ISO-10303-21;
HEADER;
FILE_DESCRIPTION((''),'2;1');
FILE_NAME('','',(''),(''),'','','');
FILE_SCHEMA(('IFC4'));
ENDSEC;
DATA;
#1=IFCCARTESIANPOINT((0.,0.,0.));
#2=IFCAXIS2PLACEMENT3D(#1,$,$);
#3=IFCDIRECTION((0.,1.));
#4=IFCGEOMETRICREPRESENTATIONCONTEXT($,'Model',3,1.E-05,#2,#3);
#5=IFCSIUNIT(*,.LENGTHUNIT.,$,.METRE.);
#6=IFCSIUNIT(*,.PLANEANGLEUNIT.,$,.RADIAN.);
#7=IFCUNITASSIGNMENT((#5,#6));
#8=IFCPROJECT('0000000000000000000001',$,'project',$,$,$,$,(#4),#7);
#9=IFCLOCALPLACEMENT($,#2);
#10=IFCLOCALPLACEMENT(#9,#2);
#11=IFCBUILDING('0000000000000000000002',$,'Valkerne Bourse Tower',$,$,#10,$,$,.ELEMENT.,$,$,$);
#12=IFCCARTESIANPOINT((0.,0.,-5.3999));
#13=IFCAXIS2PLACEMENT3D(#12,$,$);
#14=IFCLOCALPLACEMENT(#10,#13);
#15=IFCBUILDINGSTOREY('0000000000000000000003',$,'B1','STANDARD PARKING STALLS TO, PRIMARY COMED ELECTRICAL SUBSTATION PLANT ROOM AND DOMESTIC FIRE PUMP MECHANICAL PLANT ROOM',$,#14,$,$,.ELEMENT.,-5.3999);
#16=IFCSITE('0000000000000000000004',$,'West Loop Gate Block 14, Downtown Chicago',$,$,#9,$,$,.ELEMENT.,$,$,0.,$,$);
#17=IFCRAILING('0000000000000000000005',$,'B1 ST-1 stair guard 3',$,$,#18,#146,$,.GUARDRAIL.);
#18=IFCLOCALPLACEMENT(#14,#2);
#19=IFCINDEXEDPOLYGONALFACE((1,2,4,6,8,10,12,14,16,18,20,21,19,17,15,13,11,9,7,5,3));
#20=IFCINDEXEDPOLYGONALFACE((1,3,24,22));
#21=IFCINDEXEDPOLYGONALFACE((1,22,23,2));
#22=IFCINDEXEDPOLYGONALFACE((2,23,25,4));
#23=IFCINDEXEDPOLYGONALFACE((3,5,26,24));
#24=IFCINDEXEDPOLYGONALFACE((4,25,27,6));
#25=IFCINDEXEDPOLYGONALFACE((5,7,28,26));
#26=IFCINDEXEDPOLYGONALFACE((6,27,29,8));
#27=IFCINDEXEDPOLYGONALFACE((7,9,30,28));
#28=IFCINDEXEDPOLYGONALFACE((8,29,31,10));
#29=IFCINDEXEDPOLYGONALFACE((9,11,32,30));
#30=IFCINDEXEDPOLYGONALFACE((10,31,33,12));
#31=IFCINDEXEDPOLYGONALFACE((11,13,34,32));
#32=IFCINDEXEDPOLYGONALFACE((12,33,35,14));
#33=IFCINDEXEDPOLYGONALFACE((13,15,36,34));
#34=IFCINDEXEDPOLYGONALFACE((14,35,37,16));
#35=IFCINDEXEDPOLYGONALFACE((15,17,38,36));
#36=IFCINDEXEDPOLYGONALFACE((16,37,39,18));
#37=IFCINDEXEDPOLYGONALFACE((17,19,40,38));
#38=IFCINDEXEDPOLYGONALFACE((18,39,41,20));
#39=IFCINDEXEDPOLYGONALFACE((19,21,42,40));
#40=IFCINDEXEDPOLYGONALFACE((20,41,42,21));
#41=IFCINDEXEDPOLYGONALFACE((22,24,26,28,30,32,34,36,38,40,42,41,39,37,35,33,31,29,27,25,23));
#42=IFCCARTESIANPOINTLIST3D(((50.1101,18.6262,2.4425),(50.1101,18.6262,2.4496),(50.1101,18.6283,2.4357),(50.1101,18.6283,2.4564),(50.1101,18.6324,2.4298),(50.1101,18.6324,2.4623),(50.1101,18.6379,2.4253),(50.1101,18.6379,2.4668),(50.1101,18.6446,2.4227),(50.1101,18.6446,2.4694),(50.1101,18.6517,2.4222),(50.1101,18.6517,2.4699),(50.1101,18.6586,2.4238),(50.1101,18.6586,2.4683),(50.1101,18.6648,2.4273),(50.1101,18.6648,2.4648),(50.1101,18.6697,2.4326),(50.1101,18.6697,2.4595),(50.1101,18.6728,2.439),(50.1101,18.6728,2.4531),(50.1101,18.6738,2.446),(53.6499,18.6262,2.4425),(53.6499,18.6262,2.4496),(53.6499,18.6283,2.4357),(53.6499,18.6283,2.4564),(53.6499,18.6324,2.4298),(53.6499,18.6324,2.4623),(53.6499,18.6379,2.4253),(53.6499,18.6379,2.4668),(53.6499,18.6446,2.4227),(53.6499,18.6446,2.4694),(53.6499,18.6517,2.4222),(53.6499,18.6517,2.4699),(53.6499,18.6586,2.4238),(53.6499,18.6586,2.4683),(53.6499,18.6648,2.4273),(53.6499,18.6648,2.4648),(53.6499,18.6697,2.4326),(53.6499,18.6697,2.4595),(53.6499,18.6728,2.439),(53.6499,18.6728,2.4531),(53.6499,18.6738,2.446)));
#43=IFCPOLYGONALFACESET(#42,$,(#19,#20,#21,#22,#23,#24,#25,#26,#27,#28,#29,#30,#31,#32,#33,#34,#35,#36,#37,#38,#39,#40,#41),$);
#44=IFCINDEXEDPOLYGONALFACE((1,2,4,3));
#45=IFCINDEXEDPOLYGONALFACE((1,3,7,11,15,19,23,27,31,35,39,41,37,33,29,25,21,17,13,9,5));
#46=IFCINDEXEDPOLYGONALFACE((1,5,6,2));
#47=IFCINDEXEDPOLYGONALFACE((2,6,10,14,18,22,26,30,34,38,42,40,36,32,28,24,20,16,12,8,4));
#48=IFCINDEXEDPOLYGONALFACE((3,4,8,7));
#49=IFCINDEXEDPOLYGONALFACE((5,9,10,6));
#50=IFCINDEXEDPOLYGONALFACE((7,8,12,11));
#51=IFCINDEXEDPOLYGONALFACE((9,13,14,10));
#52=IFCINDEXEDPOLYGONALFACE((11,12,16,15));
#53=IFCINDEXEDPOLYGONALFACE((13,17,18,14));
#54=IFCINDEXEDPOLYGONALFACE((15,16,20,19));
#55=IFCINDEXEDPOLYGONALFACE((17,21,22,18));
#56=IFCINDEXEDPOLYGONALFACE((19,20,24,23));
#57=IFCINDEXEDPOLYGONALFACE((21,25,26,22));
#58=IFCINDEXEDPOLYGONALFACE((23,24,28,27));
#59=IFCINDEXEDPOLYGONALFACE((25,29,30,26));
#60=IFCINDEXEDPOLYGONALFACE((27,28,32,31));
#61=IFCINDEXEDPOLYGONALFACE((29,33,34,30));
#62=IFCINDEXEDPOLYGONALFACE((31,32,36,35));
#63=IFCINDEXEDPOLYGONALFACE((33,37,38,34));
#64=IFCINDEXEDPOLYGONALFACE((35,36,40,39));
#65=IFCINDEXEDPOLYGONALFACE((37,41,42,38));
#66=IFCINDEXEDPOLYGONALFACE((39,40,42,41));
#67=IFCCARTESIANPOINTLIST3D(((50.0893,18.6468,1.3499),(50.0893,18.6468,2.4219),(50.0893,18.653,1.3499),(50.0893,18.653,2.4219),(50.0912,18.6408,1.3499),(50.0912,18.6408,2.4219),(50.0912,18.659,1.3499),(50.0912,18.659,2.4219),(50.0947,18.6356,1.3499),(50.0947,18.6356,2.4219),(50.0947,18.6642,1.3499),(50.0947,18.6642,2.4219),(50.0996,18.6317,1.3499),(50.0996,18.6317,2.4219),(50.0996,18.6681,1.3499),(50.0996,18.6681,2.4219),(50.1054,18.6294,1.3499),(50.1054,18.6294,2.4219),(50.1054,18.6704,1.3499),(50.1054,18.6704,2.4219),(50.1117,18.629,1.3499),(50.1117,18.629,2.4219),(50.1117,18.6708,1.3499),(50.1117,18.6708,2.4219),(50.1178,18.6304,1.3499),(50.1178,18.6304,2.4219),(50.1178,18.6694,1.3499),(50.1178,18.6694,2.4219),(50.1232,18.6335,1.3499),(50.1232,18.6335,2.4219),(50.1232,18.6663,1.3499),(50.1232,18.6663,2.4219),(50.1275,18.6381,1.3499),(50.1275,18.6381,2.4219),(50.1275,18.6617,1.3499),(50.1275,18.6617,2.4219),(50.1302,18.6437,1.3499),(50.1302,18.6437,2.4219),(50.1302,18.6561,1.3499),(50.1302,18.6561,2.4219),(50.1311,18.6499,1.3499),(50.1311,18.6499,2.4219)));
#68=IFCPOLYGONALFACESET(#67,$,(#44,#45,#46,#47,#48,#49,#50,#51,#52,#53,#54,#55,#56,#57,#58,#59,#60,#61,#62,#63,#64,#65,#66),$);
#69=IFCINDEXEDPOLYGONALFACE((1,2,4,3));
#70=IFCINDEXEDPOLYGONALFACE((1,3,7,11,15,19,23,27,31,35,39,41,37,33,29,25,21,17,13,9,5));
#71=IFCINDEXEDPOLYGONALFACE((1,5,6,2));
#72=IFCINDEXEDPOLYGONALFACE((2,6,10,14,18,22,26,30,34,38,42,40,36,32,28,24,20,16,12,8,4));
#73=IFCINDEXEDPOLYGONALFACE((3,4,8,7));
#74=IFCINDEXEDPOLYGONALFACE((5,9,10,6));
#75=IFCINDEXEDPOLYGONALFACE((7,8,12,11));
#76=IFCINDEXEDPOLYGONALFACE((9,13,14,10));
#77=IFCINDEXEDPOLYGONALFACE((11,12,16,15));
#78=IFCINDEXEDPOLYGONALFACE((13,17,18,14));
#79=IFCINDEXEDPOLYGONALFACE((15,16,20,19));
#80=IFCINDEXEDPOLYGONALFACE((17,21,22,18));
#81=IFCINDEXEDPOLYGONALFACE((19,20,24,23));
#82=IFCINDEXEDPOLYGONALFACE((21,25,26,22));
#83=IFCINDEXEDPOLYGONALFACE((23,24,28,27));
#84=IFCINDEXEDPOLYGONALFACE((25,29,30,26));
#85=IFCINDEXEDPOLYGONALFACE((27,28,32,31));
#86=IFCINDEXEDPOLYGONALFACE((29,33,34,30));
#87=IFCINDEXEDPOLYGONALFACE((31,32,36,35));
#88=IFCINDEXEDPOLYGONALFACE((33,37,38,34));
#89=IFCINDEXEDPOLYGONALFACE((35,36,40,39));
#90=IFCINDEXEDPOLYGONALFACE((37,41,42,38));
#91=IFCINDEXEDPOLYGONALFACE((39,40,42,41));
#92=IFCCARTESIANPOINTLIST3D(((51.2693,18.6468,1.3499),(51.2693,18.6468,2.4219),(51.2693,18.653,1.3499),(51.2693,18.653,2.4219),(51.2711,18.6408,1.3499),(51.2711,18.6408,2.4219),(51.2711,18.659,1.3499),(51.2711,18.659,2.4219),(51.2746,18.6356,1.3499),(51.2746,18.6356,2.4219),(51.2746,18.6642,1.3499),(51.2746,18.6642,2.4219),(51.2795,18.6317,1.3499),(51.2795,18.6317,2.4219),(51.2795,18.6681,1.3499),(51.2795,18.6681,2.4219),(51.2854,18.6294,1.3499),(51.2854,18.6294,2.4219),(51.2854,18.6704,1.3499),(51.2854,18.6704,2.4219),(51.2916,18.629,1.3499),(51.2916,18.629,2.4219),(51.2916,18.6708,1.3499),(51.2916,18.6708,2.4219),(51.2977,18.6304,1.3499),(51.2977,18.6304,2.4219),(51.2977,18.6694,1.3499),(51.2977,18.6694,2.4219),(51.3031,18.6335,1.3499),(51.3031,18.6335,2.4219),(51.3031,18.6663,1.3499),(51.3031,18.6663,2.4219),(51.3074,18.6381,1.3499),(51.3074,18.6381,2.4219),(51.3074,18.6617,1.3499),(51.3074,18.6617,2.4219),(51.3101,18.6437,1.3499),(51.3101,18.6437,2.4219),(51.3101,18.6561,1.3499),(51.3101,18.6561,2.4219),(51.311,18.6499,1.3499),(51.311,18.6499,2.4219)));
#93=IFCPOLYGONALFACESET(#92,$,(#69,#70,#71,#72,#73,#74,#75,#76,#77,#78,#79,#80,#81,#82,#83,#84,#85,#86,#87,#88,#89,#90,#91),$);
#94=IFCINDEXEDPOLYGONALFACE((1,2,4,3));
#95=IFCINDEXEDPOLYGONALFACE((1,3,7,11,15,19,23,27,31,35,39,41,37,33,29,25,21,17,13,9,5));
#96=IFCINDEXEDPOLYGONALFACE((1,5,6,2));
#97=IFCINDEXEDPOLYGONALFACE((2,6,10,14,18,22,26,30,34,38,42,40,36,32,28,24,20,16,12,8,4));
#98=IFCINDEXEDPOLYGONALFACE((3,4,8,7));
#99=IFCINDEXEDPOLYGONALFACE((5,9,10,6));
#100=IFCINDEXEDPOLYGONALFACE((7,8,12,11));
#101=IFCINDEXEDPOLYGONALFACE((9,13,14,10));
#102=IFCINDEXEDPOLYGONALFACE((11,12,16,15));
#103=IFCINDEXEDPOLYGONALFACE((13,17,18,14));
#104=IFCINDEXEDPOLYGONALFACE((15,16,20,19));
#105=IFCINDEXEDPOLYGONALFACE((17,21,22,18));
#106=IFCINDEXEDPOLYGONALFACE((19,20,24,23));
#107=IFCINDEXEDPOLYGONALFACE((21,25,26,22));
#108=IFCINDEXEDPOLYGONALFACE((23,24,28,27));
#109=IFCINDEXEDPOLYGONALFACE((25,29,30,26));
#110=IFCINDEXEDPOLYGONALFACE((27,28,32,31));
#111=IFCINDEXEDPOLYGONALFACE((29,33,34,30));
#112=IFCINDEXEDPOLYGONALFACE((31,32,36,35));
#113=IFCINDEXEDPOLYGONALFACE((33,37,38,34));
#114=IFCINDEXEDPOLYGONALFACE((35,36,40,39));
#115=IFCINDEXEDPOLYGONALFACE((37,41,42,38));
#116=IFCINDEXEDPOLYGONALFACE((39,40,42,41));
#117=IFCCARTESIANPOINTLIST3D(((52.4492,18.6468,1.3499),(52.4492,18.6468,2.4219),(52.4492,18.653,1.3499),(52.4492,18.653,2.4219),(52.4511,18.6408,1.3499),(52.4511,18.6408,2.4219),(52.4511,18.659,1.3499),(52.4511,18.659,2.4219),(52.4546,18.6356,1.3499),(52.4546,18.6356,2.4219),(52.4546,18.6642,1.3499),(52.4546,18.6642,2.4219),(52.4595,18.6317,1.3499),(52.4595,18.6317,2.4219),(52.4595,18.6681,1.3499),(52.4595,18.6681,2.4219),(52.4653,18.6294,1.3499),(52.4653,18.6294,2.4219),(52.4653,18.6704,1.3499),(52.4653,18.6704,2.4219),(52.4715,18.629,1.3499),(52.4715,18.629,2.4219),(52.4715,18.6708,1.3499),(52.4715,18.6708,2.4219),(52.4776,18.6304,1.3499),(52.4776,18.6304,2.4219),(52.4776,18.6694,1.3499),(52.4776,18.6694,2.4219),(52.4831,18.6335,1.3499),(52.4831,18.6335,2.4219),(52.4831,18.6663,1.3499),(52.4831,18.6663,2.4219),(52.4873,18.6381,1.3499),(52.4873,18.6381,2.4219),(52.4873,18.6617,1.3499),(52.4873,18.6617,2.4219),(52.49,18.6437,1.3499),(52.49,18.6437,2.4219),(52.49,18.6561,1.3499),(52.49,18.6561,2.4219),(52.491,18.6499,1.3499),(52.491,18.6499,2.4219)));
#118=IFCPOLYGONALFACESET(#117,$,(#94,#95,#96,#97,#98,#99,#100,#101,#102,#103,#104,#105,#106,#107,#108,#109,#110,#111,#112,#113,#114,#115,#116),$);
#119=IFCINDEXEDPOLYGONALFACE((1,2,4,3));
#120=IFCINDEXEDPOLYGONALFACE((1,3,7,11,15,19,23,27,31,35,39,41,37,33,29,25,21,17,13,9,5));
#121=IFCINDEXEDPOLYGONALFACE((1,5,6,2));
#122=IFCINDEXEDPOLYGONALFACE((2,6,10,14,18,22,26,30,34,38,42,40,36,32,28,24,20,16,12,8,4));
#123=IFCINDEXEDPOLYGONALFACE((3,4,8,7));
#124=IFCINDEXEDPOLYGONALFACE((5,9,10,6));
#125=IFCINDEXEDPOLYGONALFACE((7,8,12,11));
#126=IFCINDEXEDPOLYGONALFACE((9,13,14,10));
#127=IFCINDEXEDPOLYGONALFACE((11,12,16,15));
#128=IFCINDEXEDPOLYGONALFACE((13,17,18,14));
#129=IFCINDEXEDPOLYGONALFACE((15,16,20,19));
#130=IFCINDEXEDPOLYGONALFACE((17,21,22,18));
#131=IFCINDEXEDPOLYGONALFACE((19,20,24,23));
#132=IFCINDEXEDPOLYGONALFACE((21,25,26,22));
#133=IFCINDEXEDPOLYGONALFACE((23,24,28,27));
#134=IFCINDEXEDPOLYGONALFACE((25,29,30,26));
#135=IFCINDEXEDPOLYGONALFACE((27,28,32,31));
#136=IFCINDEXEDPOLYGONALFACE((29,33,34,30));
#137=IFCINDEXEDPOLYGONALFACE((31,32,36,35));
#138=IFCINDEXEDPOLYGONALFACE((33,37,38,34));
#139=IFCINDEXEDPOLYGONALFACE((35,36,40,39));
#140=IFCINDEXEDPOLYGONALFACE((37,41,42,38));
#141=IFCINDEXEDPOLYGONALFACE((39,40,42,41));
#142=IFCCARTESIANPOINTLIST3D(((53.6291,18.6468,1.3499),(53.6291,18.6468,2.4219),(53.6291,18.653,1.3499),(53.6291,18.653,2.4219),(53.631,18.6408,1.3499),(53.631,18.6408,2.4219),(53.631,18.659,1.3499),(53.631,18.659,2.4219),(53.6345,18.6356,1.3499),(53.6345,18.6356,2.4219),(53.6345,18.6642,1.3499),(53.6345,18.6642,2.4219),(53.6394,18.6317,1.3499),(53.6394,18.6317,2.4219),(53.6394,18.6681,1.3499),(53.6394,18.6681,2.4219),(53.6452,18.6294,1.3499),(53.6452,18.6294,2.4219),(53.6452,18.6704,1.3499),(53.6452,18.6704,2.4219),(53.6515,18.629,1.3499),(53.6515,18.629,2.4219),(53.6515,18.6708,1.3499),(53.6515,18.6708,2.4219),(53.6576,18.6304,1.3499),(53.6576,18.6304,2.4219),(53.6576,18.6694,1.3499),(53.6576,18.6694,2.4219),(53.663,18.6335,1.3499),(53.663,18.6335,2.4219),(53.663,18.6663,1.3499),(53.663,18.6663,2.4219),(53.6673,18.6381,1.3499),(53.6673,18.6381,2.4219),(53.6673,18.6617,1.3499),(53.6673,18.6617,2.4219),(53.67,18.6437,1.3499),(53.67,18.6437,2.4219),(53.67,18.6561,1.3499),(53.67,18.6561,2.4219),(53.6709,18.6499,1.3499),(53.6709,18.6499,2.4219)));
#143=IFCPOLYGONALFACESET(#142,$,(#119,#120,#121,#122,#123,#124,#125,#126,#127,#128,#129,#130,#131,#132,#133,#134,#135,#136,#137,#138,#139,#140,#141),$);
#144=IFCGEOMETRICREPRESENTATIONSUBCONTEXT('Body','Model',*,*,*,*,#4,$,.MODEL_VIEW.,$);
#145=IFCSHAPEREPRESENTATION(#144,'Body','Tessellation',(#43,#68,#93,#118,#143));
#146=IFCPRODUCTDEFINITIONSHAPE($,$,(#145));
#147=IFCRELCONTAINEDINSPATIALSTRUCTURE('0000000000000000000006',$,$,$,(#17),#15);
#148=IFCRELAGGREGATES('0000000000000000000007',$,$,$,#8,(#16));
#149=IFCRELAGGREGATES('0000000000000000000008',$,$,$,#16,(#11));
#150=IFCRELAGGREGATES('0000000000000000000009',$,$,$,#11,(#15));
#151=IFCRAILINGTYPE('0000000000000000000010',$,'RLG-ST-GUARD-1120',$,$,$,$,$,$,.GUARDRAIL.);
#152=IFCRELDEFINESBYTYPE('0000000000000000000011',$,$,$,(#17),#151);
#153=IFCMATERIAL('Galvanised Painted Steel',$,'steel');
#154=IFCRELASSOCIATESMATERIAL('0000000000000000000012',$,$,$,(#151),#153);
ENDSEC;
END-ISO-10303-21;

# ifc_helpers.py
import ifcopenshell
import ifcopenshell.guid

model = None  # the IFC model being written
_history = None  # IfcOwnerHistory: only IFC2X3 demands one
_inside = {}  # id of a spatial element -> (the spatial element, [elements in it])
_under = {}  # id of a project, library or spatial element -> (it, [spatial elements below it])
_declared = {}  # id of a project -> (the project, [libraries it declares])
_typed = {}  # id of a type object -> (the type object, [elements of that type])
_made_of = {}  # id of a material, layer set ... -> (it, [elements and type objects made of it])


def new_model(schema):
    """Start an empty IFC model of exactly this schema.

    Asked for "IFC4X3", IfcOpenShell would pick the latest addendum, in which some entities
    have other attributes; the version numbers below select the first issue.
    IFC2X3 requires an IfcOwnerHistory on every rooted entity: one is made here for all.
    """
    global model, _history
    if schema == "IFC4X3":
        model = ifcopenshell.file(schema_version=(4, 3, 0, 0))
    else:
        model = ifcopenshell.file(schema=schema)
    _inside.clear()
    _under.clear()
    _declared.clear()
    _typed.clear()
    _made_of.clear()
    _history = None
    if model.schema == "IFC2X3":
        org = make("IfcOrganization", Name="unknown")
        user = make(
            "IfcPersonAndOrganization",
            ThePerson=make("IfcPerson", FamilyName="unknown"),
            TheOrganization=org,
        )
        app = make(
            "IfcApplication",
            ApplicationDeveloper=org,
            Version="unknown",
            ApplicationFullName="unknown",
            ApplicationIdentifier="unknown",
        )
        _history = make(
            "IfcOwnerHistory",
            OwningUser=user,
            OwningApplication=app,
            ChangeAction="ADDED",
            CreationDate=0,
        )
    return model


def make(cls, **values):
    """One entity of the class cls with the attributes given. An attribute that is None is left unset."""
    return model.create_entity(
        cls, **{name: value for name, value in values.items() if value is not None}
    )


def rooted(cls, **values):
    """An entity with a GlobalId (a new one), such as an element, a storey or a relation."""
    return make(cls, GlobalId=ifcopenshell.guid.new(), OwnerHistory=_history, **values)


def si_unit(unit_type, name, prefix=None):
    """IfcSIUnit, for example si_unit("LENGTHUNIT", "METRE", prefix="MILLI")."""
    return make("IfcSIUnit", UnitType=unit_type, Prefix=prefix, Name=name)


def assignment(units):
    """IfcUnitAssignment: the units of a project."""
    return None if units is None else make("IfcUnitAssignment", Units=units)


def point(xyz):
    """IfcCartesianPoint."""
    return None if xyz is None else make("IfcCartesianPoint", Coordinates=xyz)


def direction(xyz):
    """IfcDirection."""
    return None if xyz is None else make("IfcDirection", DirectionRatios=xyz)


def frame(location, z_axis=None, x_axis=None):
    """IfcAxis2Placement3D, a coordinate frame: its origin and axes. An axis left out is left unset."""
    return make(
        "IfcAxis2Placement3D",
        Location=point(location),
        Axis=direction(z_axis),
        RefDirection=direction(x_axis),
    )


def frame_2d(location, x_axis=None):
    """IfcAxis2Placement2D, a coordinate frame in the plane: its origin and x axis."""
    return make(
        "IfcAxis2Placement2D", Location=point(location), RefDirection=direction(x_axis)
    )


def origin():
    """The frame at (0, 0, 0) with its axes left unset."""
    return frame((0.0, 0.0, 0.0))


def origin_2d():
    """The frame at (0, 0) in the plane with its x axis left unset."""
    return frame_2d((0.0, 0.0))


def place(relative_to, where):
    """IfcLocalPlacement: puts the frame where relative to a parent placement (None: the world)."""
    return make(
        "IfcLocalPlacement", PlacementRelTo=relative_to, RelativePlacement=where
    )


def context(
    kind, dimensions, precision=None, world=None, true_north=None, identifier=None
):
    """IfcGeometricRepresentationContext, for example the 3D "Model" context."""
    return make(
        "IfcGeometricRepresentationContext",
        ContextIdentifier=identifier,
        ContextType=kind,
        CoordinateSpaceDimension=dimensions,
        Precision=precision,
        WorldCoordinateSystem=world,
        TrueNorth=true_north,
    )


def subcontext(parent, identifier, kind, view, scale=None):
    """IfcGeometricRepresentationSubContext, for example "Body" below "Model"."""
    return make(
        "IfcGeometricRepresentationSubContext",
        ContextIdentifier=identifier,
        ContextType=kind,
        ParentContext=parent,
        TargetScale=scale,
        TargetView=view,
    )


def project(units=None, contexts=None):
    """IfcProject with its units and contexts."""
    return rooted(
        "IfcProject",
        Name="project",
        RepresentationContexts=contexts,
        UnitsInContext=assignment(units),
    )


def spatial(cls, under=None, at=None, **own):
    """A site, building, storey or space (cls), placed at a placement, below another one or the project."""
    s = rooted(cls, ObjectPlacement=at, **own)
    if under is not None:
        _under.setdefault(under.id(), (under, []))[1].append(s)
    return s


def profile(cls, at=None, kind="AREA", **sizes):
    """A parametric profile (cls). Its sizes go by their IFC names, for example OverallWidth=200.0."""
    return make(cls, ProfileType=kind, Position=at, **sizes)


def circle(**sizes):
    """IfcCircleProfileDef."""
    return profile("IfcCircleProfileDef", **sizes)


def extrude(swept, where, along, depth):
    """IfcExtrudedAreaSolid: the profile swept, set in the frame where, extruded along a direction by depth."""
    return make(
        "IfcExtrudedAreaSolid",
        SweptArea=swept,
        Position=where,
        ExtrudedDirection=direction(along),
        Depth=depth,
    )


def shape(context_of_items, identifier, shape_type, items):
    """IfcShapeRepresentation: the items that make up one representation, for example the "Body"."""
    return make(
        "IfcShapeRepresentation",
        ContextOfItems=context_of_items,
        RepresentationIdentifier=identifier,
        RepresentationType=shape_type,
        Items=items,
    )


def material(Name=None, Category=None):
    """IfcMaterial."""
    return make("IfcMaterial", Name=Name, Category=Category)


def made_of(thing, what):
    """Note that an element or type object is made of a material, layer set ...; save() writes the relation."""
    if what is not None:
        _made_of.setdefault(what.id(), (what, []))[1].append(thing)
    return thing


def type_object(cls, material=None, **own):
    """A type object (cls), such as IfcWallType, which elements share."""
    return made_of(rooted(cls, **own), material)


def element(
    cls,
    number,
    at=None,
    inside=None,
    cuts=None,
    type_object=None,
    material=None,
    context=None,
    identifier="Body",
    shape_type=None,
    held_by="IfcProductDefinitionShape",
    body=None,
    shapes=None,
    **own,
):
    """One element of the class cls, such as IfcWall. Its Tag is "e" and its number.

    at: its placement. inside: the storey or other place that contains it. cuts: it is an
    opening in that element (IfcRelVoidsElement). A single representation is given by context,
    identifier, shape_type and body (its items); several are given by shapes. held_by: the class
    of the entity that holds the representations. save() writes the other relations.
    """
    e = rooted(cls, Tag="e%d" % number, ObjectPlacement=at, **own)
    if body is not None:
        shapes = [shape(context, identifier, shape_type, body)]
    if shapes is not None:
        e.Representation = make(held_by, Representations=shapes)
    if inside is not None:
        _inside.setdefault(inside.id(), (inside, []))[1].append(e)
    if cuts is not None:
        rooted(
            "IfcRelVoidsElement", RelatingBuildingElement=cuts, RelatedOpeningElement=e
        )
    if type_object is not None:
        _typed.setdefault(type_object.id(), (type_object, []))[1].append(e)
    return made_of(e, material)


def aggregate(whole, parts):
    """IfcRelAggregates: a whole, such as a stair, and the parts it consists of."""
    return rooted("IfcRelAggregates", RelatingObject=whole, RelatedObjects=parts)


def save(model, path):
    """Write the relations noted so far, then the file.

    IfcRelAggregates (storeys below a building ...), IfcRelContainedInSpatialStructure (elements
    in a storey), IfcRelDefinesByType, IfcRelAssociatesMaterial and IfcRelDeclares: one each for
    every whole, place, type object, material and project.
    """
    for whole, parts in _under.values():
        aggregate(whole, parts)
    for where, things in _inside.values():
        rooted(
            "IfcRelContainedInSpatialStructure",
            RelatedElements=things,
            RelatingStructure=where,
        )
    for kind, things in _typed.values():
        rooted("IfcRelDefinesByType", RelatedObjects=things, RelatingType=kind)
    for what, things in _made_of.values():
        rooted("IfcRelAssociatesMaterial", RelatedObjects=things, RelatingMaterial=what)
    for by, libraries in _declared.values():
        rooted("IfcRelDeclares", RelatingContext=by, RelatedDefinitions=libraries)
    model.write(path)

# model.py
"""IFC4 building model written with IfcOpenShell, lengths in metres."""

from ifc_helpers import new_model, si_unit, direction, frame, origin, origin_2d, place, context, subcontext, project, spatial, circle, extrude, material, type_object, element, save


model = new_model("IFC4")

# Units and contexts
model_context = context("Model", 3, precision=1e-05, world=origin(), true_north=direction((0.0, 1.0)))
body_context = subcontext(model_context, "Body", "Model", "MODEL_VIEW")
ifc_project = project(units=[si_unit("LENGTHUNIT", "METRE"), si_unit("PLANEANGLEUNIT", "RADIAN")], contexts=[model_context])

# Site, building, storey
site_placement = place(None, origin())
site = spatial("IfcSite", under=ifc_project, at=site_placement, Name="West Loop Gate Block 14, Downtown Chicago", CompositionType="ELEMENT", RefElevation=0.0)
building_placement = place(site_placement, origin())
building = spatial("IfcBuilding", under=site, at=building_placement, Name="Valkerne Bourse Tower", CompositionType="ELEMENT")
storey_placement = place(building_placement, frame((0.0, 0.0, -5.3999)))
storey = spatial("IfcBuildingStorey", under=building, at=storey_placement, Name="B1", Description="STANDARD PARKING STALLS TO, PRIMARY COMED ELECTRICAL SUBSTATION PLANT ROOM AND DOMESTIC FIRE PUMP MECHANICAL PLANT ROOM", CompositionType="ELEMENT", Elevation=-5.3999)

# Railing
ifc_material_1 = material(Name="Galvanised Painted Steel", Category="steel")
railing_type_1 = type_object("IfcRailingType", Name="RLG-ST-GUARD-1120", PredefinedType="GUARDRAIL", material=ifc_material_1)
railing_1_placement = place(storey_placement, frame((50.1101, 18.6499, 1.3499)))
element("IfcRailing", 1, at=railing_1_placement, inside=storey, type_object=railing_type_1, Name="B1 ST-1 stair guard 3", PredefinedType="GUARDRAIL", context=body_context, shape_type="SweptSolid", body=[
    extrude(circle(Radius=0.0239, at=origin_2d()), frame((0.0, 0.0, 1.0962), z_axis=(1.0, 0.0, 0.0), x_axis=(0.0, 1.0, 0.0)), (0.0, 0.0, 1.0), 3.5398),
    extrude(circle(Radius=0.021, at=origin_2d()), origin(), (0.0, 0.0, 1.0), 1.072),
    extrude(circle(Radius=0.021, at=origin_2d()), frame((1.1799, 0.0, 0.0)), (0.0, 0.0, 1.0), 1.072),
    extrude(circle(Radius=0.021, at=origin_2d()), frame((2.3599, 0.0, 0.0)), (0.0, 0.0, 1.0), 1.072),
    extrude(circle(Radius=0.021, at=origin_2d()), frame((3.5398, 0.0, 0.0)), (0.0, 0.0, 1.0), 1.072),
])

save(model, "model.ifc")
